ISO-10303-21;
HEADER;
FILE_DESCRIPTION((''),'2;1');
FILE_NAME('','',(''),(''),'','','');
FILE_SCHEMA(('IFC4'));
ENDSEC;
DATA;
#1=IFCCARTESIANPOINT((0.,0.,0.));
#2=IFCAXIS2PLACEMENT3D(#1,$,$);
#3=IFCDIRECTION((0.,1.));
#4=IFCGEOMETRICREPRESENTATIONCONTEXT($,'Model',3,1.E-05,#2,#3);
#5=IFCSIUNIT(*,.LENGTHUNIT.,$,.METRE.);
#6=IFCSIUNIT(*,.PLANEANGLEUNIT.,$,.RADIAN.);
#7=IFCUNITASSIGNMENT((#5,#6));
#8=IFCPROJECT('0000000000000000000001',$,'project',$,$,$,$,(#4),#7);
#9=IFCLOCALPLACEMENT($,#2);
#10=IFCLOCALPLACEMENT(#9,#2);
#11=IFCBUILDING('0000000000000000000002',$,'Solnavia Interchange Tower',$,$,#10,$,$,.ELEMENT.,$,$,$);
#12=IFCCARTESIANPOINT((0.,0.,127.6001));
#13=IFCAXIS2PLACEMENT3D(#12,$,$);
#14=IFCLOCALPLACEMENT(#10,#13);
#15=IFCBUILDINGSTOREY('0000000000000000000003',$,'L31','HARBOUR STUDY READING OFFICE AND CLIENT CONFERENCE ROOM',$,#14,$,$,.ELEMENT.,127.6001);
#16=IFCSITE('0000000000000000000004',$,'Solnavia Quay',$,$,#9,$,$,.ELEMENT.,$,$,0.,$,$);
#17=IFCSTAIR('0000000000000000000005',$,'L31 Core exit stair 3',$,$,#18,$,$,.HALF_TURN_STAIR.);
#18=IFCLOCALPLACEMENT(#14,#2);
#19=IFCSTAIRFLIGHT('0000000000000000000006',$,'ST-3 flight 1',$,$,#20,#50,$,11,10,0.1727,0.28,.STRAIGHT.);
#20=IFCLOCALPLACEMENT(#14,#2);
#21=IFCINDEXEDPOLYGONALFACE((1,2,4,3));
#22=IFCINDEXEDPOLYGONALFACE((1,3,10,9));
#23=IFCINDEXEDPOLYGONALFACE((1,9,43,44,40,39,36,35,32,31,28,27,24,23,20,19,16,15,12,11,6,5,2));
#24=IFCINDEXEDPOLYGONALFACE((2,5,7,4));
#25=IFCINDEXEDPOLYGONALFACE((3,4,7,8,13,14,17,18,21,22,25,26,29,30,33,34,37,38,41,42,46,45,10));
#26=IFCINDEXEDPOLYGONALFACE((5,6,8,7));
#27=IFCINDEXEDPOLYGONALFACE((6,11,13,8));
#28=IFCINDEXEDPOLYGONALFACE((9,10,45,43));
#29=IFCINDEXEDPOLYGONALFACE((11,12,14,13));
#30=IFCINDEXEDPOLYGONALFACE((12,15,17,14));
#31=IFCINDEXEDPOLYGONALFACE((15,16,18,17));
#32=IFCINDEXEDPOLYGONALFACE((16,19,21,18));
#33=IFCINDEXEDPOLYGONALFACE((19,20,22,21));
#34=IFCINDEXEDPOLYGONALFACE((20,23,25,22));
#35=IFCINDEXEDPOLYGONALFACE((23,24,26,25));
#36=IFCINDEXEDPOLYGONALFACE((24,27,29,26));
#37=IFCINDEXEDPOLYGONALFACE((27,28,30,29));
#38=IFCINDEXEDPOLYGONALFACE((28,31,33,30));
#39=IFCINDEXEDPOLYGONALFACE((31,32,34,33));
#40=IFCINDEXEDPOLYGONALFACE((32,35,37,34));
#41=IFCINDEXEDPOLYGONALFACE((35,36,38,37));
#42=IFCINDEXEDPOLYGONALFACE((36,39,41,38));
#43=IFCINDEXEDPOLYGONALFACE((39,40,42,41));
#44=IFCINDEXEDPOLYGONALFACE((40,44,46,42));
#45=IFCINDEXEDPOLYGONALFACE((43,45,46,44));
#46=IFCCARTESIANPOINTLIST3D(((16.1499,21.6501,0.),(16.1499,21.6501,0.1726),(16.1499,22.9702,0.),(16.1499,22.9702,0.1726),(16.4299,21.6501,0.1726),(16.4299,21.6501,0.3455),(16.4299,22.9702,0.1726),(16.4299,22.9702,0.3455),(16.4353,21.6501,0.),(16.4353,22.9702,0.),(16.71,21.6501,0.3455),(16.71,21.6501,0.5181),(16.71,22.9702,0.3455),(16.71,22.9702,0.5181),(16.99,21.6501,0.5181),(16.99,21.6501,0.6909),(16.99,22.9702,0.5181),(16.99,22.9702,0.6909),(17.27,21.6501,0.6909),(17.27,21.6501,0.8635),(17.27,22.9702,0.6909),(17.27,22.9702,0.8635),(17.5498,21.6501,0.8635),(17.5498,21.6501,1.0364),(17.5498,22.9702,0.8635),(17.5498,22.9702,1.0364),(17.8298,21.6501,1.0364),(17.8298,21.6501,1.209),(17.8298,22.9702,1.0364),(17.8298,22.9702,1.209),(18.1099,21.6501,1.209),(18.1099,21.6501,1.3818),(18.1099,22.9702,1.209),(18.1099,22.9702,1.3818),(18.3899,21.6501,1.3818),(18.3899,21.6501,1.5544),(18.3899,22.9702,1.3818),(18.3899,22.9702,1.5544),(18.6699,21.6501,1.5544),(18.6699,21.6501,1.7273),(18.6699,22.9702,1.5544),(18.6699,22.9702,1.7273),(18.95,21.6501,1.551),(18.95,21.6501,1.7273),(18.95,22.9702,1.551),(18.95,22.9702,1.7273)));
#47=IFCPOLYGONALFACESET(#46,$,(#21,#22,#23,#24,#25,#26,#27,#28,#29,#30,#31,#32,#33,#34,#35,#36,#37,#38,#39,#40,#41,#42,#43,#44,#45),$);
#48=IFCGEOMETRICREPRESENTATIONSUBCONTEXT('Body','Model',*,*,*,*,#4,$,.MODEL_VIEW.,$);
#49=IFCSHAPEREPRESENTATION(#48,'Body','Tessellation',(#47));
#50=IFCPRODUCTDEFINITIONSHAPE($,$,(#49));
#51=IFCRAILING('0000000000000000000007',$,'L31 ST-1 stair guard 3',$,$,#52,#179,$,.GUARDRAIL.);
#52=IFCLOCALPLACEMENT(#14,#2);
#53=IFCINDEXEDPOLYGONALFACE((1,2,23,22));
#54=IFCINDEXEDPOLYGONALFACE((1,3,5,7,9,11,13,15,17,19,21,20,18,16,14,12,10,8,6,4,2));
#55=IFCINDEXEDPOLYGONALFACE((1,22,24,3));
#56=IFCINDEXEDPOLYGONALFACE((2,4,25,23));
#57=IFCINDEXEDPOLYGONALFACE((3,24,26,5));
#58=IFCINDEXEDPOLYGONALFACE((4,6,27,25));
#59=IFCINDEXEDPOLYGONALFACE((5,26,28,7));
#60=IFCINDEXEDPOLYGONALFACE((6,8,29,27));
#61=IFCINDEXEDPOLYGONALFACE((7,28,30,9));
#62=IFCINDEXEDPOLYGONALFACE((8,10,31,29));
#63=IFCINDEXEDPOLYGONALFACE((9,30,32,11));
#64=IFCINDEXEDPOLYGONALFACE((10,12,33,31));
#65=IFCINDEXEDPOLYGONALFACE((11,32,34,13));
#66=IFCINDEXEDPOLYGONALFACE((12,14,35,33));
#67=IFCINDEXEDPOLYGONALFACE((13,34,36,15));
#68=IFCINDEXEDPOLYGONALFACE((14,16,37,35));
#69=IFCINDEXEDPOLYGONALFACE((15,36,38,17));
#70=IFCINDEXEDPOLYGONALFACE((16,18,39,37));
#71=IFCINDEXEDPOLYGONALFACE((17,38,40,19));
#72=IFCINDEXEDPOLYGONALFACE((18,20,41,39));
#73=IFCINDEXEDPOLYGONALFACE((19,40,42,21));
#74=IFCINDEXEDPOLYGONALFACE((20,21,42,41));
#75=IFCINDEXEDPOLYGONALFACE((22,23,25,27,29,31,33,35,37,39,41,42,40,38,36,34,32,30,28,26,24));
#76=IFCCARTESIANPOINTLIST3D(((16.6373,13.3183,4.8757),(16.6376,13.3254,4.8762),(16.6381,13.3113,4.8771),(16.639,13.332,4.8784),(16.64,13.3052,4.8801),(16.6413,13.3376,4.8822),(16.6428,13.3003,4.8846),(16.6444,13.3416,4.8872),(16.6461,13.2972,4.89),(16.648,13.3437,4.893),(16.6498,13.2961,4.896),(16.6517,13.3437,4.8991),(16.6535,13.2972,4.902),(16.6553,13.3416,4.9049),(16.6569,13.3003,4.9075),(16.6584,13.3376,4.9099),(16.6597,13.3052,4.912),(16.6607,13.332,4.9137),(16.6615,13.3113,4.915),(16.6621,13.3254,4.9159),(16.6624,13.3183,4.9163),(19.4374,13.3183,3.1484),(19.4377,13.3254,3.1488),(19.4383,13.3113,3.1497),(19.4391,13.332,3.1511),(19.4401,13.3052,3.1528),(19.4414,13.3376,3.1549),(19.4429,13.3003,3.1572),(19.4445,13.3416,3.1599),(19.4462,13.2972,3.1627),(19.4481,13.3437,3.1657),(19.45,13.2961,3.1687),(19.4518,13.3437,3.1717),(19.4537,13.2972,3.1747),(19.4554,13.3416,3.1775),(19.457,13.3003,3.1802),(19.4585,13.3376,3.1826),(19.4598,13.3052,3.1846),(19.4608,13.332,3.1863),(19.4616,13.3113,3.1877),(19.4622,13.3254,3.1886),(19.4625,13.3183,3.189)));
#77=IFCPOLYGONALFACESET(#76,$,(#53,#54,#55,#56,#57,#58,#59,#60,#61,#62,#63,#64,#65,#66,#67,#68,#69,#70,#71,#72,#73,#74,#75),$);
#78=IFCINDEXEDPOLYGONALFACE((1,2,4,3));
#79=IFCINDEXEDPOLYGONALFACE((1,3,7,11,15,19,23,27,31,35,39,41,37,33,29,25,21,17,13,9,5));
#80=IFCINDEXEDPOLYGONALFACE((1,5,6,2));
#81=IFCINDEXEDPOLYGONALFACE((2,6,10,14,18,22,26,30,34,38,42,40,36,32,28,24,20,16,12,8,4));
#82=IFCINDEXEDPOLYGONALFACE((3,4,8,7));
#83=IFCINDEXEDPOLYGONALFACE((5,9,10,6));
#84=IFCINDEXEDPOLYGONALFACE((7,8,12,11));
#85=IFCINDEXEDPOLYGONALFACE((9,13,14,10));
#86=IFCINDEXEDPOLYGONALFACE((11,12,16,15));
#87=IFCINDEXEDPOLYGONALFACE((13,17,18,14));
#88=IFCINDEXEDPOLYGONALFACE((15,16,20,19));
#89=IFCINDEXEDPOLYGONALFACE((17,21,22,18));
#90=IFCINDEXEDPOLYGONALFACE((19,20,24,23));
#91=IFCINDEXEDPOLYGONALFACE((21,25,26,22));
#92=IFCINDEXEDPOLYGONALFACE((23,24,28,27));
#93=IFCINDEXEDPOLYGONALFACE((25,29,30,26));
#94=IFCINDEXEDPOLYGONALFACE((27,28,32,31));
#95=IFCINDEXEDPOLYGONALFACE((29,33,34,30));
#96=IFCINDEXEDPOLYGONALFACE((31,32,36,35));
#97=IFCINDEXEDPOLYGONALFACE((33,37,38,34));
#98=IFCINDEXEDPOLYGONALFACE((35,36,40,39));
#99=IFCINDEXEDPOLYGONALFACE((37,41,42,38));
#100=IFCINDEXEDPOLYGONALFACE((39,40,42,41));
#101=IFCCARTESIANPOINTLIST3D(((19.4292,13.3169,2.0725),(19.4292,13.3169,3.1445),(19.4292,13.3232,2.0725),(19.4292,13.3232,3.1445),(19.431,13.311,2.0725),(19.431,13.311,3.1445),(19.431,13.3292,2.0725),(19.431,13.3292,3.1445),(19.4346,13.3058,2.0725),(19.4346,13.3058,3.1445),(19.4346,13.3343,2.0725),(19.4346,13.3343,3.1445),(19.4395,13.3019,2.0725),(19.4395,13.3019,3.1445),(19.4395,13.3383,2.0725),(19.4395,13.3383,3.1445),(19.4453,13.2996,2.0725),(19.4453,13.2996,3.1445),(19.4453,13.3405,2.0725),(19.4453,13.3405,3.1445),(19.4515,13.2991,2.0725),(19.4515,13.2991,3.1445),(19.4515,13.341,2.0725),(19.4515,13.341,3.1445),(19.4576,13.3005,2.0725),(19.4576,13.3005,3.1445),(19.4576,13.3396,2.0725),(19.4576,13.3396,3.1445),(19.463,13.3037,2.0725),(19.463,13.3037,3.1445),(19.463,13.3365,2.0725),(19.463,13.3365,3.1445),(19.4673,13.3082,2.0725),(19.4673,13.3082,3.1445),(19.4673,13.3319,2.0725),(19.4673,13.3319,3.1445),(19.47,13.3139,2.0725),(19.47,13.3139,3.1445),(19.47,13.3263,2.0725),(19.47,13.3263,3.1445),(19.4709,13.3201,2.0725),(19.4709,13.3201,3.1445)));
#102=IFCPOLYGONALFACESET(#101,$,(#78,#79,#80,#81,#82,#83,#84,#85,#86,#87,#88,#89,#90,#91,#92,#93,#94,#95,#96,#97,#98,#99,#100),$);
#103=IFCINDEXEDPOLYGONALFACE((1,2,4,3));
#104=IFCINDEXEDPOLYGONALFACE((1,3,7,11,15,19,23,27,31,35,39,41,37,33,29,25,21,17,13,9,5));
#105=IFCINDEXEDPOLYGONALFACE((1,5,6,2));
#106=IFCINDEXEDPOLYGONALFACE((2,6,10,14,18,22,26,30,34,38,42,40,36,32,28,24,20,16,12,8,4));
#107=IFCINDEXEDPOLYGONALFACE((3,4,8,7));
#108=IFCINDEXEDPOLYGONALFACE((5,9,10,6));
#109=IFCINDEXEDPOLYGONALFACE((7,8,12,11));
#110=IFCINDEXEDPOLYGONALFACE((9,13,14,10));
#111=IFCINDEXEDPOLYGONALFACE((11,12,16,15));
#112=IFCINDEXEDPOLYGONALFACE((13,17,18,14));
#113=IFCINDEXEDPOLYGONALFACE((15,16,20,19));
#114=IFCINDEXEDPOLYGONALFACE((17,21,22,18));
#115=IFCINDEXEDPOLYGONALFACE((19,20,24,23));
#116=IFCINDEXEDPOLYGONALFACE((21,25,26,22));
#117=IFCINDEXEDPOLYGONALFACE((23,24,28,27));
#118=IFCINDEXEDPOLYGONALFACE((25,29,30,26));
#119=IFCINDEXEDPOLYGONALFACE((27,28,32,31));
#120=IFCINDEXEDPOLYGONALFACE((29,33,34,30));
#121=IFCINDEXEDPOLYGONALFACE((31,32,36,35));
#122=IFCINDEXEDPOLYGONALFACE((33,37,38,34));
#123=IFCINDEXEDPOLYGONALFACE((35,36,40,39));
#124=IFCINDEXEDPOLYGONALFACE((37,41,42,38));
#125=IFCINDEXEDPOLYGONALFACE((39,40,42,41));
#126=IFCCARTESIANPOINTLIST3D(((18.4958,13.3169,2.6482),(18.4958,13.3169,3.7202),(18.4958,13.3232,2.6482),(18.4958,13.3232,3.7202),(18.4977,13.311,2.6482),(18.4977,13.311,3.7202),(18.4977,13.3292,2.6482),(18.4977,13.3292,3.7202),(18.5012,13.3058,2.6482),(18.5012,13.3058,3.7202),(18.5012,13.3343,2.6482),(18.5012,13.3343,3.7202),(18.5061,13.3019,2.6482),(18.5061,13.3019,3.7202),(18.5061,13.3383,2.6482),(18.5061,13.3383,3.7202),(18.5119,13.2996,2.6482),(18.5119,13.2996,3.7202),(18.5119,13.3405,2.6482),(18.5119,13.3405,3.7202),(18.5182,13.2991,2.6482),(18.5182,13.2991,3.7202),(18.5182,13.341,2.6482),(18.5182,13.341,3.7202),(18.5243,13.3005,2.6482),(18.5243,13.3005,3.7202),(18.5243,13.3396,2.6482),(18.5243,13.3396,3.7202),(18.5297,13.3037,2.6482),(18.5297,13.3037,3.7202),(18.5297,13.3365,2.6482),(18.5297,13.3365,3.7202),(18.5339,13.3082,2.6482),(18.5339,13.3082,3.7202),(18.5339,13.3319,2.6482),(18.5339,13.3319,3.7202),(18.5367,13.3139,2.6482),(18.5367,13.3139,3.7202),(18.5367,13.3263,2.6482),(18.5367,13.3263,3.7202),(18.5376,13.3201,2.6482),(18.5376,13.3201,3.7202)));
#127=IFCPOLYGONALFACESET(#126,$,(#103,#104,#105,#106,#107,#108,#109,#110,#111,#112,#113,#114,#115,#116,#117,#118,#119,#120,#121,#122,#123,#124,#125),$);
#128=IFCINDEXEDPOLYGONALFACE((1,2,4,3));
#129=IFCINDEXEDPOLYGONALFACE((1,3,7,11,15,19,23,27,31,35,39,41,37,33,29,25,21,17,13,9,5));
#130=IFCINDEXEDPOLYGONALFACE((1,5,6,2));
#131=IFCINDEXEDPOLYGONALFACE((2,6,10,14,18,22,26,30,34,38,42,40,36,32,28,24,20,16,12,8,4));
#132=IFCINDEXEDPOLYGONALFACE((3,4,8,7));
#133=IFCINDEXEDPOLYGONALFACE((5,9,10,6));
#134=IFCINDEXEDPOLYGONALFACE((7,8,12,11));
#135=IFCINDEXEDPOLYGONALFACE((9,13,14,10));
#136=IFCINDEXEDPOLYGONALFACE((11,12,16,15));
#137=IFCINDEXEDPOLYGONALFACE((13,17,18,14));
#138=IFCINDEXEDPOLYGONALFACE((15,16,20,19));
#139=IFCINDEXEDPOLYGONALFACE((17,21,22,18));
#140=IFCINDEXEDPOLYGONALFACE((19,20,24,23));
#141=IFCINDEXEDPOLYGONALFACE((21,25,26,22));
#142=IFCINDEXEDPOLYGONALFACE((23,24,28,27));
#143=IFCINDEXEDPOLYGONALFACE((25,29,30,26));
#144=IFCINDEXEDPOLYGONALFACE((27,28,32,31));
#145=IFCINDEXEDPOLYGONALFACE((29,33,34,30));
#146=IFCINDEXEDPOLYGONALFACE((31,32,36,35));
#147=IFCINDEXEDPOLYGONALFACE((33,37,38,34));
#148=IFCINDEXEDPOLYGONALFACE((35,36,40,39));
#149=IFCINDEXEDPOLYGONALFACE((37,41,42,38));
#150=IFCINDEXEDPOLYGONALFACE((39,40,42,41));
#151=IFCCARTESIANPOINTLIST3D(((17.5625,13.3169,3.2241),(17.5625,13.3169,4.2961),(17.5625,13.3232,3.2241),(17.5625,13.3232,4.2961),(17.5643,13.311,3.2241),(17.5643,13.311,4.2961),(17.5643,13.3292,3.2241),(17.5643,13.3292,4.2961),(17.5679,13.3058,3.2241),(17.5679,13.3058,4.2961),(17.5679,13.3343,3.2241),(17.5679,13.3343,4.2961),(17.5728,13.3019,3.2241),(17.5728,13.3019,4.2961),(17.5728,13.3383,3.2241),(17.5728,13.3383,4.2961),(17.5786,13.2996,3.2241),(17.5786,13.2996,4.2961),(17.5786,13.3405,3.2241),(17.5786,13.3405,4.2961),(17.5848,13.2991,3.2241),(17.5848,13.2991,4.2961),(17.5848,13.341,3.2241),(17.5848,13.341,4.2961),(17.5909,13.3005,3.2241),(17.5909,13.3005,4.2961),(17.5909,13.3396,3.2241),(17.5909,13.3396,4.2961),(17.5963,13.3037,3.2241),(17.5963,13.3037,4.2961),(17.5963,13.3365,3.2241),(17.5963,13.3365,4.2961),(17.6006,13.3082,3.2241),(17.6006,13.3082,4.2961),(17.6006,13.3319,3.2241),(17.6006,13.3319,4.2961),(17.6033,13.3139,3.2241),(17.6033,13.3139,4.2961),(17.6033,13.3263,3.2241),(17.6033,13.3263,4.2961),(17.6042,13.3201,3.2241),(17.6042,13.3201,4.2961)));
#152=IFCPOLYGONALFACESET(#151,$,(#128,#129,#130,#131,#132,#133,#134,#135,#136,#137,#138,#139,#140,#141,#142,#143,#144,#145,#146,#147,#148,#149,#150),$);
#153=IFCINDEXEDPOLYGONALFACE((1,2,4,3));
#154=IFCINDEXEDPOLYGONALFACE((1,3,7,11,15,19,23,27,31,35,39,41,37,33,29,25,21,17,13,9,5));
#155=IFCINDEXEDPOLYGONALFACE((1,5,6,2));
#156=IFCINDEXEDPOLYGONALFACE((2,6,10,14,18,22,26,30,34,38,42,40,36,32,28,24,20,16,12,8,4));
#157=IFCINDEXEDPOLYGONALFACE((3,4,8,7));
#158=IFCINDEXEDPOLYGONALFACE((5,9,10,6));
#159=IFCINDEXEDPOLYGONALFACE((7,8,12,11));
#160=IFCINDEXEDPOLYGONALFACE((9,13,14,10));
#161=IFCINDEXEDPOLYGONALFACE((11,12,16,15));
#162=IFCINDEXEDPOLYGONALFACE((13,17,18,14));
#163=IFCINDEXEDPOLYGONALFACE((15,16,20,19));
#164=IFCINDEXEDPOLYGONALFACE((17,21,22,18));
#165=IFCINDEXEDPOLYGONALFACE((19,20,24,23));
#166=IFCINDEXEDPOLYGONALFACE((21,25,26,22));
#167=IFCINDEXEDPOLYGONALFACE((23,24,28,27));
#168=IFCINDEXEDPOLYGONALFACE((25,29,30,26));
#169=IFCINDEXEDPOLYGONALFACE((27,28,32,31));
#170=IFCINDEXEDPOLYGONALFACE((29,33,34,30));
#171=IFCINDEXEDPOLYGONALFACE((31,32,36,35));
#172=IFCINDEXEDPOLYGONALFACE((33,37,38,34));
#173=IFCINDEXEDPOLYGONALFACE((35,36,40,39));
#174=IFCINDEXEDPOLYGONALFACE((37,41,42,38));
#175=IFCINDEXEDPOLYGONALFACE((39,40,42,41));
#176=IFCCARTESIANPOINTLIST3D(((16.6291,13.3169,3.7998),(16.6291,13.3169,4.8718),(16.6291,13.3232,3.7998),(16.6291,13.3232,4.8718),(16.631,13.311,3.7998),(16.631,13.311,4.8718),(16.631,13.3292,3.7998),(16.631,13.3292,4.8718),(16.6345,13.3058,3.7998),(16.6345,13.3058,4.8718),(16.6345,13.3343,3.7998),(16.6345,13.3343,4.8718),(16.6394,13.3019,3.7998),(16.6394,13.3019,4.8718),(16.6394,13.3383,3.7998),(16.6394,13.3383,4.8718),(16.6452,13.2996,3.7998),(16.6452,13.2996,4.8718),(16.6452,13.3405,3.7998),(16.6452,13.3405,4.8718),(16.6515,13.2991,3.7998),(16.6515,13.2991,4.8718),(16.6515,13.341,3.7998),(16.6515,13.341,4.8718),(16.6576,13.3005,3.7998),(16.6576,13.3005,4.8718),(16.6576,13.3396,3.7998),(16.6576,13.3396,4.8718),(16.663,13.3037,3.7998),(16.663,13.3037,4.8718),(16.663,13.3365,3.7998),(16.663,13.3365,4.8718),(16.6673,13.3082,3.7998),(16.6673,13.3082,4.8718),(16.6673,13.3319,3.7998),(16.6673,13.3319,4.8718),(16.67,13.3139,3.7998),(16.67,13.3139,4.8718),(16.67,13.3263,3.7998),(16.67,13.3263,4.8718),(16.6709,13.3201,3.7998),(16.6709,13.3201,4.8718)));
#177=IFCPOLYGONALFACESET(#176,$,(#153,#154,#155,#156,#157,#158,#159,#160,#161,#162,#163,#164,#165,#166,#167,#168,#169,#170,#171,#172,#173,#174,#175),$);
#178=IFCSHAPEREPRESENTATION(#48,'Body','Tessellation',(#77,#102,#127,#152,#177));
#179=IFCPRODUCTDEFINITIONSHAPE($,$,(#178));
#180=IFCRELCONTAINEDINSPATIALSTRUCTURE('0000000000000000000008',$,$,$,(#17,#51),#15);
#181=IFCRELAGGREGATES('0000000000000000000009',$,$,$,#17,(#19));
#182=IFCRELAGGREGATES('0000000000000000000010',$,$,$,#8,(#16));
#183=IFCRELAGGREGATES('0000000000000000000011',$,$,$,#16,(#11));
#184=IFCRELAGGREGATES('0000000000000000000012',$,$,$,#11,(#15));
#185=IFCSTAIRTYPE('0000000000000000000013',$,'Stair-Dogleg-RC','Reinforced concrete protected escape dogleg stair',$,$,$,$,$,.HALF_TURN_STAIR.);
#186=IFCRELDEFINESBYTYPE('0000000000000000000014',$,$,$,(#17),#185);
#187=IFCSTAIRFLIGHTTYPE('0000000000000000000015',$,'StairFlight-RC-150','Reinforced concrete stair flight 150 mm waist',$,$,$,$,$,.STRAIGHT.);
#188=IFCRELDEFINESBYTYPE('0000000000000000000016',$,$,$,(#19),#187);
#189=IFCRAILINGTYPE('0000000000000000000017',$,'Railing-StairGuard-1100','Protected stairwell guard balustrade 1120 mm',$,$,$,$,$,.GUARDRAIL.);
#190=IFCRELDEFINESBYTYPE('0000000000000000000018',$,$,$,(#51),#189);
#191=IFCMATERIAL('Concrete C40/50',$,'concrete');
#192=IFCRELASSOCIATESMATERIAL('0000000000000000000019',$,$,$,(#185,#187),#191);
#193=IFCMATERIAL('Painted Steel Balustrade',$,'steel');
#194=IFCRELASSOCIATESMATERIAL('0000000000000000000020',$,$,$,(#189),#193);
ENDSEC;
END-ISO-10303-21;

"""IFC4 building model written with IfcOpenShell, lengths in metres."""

from ifc_helpers import new_model, si_unit, direction, frame, origin, origin_2d, place, context, subcontext, project, spatial, polyline, circle, outline, extrude, material, type_object, element, aggregate, save


model = new_model("IFC4")

# Units and contexts
model_context = context("Model", 3, precision=1e-05, world=origin(), true_north=direction((0.0, 1.0)))
body_context = subcontext(model_context, "Body", "Model", "MODEL_VIEW")
ifc_project = project(units=[si_unit("LENGTHUNIT", "METRE"), si_unit("PLANEANGLEUNIT", "RADIAN")], contexts=[model_context])

# Site, building, storey
site_placement = place(None, origin())
site = spatial("IfcSite", under=ifc_project, at=site_placement, Name="Solnavia Quay", CompositionType="ELEMENT", RefElevation=0.0)
building_placement = place(site_placement, origin())
building = spatial("IfcBuilding", under=site, at=building_placement, Name="Solnavia Interchange Tower", CompositionType="ELEMENT")
storey_placement = place(building_placement, frame((0.0, 0.0, 127.6001)))
storey = spatial("IfcBuildingStorey", under=building, at=storey_placement, Name="L31", Description="HARBOUR STUDY READING OFFICE AND CLIENT CONFERENCE ROOM", CompositionType="ELEMENT", Elevation=127.6001)

# Shared definitions
ifc_material_1 = material(Name="Concrete C40/50", Category="concrete")

# Stair, stair flight
stair_type = type_object("IfcStairType", Name="Stair-Dogleg-RC", Description="Reinforced concrete protected escape dogleg stair", PredefinedType="HALF_TURN_STAIR", material=ifc_material_1)
stair_flight_type = type_object("IfcStairFlightType", Name="StairFlight-RC-150", Description="Reinforced concrete stair flight 150 mm waist", PredefinedType="STRAIGHT", material=ifc_material_1)
stair_1_placement = place(storey_placement, origin())
stair_1 = element("IfcStair", 1, at=stair_1_placement, inside=storey, type_object=stair_type, Name="L31 Core exit stair 3", PredefinedType="HALF_TURN_STAIR")
stair_flight_1_placement = place(storey_placement, frame((16.1499, 22.3101, 0.0), z_axis=(0.0, 0.0, 1.0), x_axis=(1.0, 0.0, 0.0)))
stair_flight_1 = element("IfcStairFlight", 2, at=stair_flight_1_placement, type_object=stair_flight_type, Name="ST-3 flight 1", NumberOfRisers=11, NumberOfTreads=10, PredefinedType="STRAIGHT", RiserHeight=0.1727, TreadLength=0.28, context=body_context, shape_type="SweptSolid", body=[
    extrude(outline(polyline([(0.0, 0.0), (0.0, 0.1726), (0.28, 0.1726), (0.28, 0.3455), (0.5601, 0.3455), (0.5601, 0.5181), (0.8401, 0.5181), (0.8401, 0.6909), (1.1201, 0.6909), (1.1201, 0.8635), (1.3999, 0.8635), (1.3999, 1.0364), (1.6799, 1.0364), (1.6799, 1.209), (1.96, 1.209), (1.96, 1.3818), (2.24, 1.3818), (2.24, 1.5544), (2.52, 1.5544), (2.52, 1.7273), (2.8, 1.7273), (2.8, 1.8999), (2.8, 1.551), (0.2854, 0.0), (0.0, 0.0)])), frame((0.0, 0.6602, 0.0), z_axis=(0.0, -1.0, 0.0), x_axis=(1.0, 0.0, 0.0)), (0.0, 0.0, 1.0), 1.3201),
])
aggregate(stair_1, [stair_flight_1])

# Railing
ifc_material_2 = material(Name="Painted Steel Balustrade", Category="steel")
railing_type_1 = type_object("IfcRailingType", Name="Railing-StairGuard-1100", Description="Protected stairwell guard balustrade 1120 mm", PredefinedType="GUARDRAIL", material=ifc_material_2)
railing_1_placement = place(storey_placement, frame((19.45, 13.3201, 2.0725)))
element("IfcRailing", 3, at=railing_1_placement, inside=storey, type_object=railing_type_1, Name="L31 ST-1 stair guard 3", PredefinedType="GUARDRAIL", context=body_context, shape_type="SweptSolid", body=[
    extrude(circle(Radius=0.0239, at=origin_2d()), frame((0.0, 0.0, 1.0962), z_axis=(-0.85109, 0.0, 0.52502), x_axis=(0.0, -1.0, 0.0)), (0.0, 0.0, 1.0), 3.29),
    extrude(circle(Radius=0.021, at=origin_2d()), origin(), (0.0, 0.0, 1.0), 1.072),
    extrude(circle(Radius=0.021, at=origin_2d()), frame((-0.9333, 0.0, 0.5757)), (0.0, 0.0, 1.0), 1.072),
    extrude(circle(Radius=0.021, at=origin_2d()), frame((-1.8667, 0.0, 1.1516)), (0.0, 0.0, 1.0), 1.072),
    extrude(circle(Radius=0.021, at=origin_2d()), frame((-2.8, 0.0, 1.7273)), (0.0, 0.0, 1.0), 1.072),
])

save(model, "model.ifc")
